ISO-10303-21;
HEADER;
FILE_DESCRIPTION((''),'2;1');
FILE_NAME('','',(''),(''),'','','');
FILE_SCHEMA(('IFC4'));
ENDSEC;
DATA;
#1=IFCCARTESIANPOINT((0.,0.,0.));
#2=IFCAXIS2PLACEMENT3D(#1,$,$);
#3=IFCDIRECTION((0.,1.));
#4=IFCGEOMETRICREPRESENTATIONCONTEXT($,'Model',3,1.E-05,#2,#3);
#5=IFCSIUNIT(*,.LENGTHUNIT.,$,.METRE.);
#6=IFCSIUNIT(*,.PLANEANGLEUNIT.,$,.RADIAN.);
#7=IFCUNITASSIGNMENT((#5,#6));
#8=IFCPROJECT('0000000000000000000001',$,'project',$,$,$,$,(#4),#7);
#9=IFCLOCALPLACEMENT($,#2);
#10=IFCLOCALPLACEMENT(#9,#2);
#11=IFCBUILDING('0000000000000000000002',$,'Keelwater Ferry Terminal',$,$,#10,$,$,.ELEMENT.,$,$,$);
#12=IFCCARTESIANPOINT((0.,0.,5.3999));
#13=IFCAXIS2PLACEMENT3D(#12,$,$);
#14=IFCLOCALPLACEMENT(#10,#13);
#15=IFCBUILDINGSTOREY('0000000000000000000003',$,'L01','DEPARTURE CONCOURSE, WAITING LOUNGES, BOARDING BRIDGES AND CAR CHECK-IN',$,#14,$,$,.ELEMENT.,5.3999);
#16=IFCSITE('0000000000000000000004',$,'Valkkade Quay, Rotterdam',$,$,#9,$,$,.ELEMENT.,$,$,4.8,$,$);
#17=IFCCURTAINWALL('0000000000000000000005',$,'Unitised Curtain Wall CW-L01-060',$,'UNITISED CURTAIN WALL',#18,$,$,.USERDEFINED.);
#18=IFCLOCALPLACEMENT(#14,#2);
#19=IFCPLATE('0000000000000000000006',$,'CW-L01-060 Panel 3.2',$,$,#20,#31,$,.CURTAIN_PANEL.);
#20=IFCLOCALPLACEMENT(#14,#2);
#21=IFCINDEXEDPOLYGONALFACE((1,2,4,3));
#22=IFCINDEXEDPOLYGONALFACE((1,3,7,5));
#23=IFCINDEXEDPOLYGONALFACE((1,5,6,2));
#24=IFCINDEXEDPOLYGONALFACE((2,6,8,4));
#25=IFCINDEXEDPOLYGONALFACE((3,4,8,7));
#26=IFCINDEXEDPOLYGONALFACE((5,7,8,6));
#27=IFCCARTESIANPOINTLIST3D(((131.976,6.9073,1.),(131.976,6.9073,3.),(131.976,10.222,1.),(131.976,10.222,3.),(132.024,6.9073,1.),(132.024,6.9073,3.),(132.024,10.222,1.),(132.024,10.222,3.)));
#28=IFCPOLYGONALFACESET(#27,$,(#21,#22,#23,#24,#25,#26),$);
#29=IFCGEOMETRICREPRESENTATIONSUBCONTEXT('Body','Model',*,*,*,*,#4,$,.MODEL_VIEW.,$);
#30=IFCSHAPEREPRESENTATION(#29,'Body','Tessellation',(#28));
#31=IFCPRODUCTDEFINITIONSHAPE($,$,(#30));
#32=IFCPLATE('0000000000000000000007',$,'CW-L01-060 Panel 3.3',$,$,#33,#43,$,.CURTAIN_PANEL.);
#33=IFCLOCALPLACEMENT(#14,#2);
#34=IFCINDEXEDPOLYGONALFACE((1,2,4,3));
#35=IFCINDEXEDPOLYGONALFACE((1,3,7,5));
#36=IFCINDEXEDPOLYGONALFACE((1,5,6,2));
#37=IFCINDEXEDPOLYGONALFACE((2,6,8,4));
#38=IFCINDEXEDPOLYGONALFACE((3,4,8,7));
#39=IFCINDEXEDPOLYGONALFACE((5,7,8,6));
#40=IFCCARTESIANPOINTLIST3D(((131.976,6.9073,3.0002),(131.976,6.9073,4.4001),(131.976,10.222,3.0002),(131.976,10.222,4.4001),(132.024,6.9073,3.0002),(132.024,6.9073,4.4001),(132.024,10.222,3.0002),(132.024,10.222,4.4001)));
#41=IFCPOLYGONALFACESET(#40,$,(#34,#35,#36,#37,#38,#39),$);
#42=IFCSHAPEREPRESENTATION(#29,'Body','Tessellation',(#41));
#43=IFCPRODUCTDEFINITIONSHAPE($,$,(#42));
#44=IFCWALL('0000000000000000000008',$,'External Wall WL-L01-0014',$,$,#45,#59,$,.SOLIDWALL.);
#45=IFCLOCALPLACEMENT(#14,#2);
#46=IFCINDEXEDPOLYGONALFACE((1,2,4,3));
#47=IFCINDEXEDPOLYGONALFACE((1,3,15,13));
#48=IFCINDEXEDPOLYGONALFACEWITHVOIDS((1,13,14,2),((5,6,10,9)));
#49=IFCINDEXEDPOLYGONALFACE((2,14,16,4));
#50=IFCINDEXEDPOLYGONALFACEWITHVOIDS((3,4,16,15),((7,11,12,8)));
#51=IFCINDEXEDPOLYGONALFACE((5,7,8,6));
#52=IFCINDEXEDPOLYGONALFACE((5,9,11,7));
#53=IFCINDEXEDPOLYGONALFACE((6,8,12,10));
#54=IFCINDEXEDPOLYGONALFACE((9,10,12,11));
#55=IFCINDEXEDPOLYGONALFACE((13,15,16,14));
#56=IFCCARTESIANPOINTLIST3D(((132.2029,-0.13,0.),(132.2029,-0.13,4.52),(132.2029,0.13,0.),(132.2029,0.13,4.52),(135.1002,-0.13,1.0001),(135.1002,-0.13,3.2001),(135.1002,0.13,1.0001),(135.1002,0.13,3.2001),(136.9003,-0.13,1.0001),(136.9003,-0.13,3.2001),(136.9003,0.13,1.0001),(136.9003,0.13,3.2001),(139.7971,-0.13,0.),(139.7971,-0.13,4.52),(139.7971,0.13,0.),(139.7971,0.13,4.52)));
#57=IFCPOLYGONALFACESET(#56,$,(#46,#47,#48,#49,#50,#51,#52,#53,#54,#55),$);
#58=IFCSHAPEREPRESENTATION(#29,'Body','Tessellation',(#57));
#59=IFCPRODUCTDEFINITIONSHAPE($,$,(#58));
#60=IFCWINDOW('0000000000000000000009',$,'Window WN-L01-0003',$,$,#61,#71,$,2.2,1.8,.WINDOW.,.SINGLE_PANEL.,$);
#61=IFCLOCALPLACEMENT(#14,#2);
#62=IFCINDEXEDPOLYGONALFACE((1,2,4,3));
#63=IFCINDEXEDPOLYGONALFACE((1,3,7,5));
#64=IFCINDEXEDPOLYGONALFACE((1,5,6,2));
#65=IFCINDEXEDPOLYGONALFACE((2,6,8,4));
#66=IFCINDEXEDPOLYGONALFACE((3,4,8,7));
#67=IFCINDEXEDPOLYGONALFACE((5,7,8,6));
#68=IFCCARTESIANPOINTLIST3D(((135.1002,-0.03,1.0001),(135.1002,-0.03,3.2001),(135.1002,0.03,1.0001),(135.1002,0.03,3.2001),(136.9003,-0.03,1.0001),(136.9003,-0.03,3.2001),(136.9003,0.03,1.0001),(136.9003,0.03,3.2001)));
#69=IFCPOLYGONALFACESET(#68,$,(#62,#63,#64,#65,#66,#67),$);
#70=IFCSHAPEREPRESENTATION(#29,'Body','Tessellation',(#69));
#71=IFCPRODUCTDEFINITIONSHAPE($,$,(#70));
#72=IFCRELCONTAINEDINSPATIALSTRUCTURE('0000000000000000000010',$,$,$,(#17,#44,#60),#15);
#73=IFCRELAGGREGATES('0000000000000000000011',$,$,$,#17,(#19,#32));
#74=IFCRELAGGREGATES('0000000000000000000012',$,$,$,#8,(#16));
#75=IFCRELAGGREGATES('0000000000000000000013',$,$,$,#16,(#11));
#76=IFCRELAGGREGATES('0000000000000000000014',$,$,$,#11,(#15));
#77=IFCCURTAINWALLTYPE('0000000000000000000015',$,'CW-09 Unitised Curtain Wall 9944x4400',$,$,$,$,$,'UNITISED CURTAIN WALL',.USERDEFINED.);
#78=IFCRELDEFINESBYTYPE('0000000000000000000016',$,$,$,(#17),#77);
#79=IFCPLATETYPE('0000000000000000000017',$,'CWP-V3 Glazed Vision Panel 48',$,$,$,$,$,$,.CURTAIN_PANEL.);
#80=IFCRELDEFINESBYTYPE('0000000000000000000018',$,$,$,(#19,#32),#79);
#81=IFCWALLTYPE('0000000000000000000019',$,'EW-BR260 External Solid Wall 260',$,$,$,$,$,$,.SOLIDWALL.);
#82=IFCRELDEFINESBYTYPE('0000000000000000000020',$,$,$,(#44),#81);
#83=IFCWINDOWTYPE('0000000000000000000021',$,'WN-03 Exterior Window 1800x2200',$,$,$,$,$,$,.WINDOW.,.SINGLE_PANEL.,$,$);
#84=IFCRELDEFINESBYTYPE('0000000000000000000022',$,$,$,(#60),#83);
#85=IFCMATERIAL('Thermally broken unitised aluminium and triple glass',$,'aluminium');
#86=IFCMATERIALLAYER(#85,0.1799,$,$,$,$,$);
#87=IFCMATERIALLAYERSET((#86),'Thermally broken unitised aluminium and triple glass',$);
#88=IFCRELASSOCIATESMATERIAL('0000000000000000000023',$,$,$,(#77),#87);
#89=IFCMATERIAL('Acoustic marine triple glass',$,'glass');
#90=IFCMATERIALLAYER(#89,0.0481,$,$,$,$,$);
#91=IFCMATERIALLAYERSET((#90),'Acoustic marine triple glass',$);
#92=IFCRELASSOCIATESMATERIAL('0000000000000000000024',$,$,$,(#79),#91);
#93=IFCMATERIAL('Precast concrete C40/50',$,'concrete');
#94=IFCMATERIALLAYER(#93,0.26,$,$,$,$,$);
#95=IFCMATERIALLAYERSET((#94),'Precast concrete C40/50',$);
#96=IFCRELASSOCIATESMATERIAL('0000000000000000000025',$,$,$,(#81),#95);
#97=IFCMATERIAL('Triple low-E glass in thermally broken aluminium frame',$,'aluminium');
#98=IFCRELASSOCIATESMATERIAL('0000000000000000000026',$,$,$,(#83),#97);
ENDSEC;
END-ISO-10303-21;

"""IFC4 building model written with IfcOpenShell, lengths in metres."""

from ifc_helpers import new_model, si_unit, direction, frame, frame_2d, origin, origin_2d, place, context, subcontext, project, spatial, rectangle, extrude, material, layer, layer_set, type_object, element, fill, aggregate, save


model = new_model("IFC4")

# Units and contexts
model_context = context("Model", 3, precision=1e-05, world=origin(), true_north=direction((0.0, 1.0)))
body_context = subcontext(model_context, "Body", "Model", "MODEL_VIEW")
ifc_project = project(units=[si_unit("LENGTHUNIT", "METRE"), si_unit("PLANEANGLEUNIT", "RADIAN")], contexts=[model_context])

# Site, building, storey
site_placement = place(None, origin())
site = spatial("IfcSite", under=ifc_project, at=site_placement, Name="Valkkade Quay, Rotterdam", CompositionType="ELEMENT", RefElevation=4.8)
building_placement = place(site_placement, origin())
building = spatial("IfcBuilding", under=site, at=building_placement, Name="Keelwater Ferry Terminal", CompositionType="ELEMENT")
storey_placement = place(building_placement, frame((0.0, 0.0, 5.3999)))
storey = spatial("IfcBuildingStorey", under=building, at=storey_placement, Name="L01", Description="DEPARTURE CONCOURSE, WAITING LOUNGES, BOARDING BRIDGES AND CAR CHECK-IN", CompositionType="ELEMENT", Elevation=5.3999)

# Curtain wall
ifc_material_1 = material(Name="Thermally broken unitised aluminium and triple glass", Category="aluminium")
ifc_layer_1 = layer(ifc_material_1, 0.1799)
ifc_layer_set_1 = layer_set([ifc_layer_1], Name="Thermally broken unitised aluminium and triple glass")
curtain_wall_type = type_object("IfcCurtainWallType", Name="CW-09 Unitised Curtain Wall 9944x4400", ElementType="UNITISED CURTAIN WALL", PredefinedType="USERDEFINED", material=ifc_layer_set_1)
curtain_wall_placement = place(storey_placement, origin())
curtain_wall = element("IfcCurtainWall", 1, at=curtain_wall_placement, inside=storey, type_object=curtain_wall_type, Name="Unitised Curtain Wall CW-L01-060", ObjectType="UNITISED CURTAIN WALL", PredefinedType="USERDEFINED")

# Plates
ifc_material_2 = material(Name="Acoustic marine triple glass", Category="glass")
ifc_layer_2 = layer(ifc_material_2, 0.0481)
ifc_layer_set_2 = layer_set([ifc_layer_2], Name="Acoustic marine triple glass")
plate_type_1 = type_object("IfcPlateType", Name="CWP-V3 Glazed Vision Panel 48", PredefinedType="CURTAIN_PANEL", material=ifc_layer_set_2)
plate_1_placement = place(storey_placement, frame((132.0, 8.5647, 1.0), z_axis=(0.0, 0.0, 1.0), x_axis=(0.0, 1.0, 0.0)))
plate_1 = element("IfcPlate", 2, at=plate_1_placement, type_object=plate_type_1, Name="CW-L01-060 Panel 3.2", PredefinedType="CURTAIN_PANEL", context=body_context, shape_type="SweptSolid", body=[
    extrude(rectangle(XDim=3.3147, YDim=0.0481, at=origin_2d()), origin(), (0.0, 0.0, 1.0), 2.0),
])
plate_2_placement = place(storey_placement, frame((132.0, 8.5647, 3.0002), z_axis=(0.0, 0.0, 1.0), x_axis=(0.0, 1.0, 0.0)))
plate_2 = element("IfcPlate", 3, at=plate_2_placement, type_object=plate_type_1, Name="CW-L01-060 Panel 3.3", PredefinedType="CURTAIN_PANEL", context=body_context, shape_type="SweptSolid", body=[
    extrude(rectangle(XDim=3.3147, YDim=0.0481, at=origin_2d()), origin(), (0.0, 0.0, 1.0), 1.3999),
])
aggregate(curtain_wall, [plate_1, plate_2])

# Wall, opening, window
ifc_material_3 = material(Name="Precast concrete C40/50", Category="concrete")
ifc_layer_3 = layer(ifc_material_3, 0.26)
ifc_layer_set_3 = layer_set([ifc_layer_3], Name="Precast concrete C40/50")
wall_type = type_object("IfcWallType", Name="EW-BR260 External Solid Wall 260", PredefinedType="SOLIDWALL", material=ifc_layer_set_3)
wall_placement = place(storey_placement, frame((139.7971, 0.0, 0.0), z_axis=(0.0, 0.0, 1.0), x_axis=(-1.0, 0.0, 0.0)))
wall = element("IfcWall", 4, at=wall_placement, inside=storey, type_object=wall_type, Name="External Wall WL-L01-0014", PredefinedType="SOLIDWALL", context=body_context, shape_type="SweptSolid", body=[
    extrude(rectangle(XDim=7.5942, YDim=0.26, at=frame_2d((3.7971, 0.0))), origin(), (0.0, 0.0, 1.0), 4.52),
])
opening_placement = place(wall_placement, frame((2.897, 0.0, 1.0)))
opening = element("IfcOpeningElement", 5, at=opening_placement, cuts=wall, PredefinedType="OPENING", context=body_context, shape_type="SweptSolid", body=[
    extrude(rectangle(XDim=1.8, YDim=2.2, at=frame_2d((0.8999, 1.1001))), frame((0.0, 0.1399, 0.0), z_axis=(0.0, -1.0, 0.0), x_axis=(1.0, 0.0, 0.0)), (0.0, 0.0, 1.0), 0.28),
])
ifc_material_4 = material(Name="Triple low-E glass in thermally broken aluminium frame", Category="aluminium")
window_type = type_object("IfcWindowType", Name="WN-03 Exterior Window 1800x2200", PartitioningType="SINGLE_PANEL", PredefinedType="WINDOW", material=ifc_material_4)
window_placement = place(opening_placement, origin())
window = element("IfcWindow", 6, at=window_placement, inside=storey, type_object=window_type, Name="Window WN-L01-0003", OverallHeight=2.2, OverallWidth=1.8, PartitioningType="SINGLE_PANEL", PredefinedType="WINDOW", context=body_context, shape_type="SweptSolid", body=[
    extrude(rectangle(XDim=1.8, YDim=2.2, at=frame_2d((0.8999, 1.1001))), frame((0.0, 0.03, 0.0), z_axis=(0.0, -1.0, 0.0), x_axis=(1.0, 0.0, 0.0)), (0.0, 0.0, 1.0), 0.0601),
])
fill(opening, window)

save(model, "model.ifc")
